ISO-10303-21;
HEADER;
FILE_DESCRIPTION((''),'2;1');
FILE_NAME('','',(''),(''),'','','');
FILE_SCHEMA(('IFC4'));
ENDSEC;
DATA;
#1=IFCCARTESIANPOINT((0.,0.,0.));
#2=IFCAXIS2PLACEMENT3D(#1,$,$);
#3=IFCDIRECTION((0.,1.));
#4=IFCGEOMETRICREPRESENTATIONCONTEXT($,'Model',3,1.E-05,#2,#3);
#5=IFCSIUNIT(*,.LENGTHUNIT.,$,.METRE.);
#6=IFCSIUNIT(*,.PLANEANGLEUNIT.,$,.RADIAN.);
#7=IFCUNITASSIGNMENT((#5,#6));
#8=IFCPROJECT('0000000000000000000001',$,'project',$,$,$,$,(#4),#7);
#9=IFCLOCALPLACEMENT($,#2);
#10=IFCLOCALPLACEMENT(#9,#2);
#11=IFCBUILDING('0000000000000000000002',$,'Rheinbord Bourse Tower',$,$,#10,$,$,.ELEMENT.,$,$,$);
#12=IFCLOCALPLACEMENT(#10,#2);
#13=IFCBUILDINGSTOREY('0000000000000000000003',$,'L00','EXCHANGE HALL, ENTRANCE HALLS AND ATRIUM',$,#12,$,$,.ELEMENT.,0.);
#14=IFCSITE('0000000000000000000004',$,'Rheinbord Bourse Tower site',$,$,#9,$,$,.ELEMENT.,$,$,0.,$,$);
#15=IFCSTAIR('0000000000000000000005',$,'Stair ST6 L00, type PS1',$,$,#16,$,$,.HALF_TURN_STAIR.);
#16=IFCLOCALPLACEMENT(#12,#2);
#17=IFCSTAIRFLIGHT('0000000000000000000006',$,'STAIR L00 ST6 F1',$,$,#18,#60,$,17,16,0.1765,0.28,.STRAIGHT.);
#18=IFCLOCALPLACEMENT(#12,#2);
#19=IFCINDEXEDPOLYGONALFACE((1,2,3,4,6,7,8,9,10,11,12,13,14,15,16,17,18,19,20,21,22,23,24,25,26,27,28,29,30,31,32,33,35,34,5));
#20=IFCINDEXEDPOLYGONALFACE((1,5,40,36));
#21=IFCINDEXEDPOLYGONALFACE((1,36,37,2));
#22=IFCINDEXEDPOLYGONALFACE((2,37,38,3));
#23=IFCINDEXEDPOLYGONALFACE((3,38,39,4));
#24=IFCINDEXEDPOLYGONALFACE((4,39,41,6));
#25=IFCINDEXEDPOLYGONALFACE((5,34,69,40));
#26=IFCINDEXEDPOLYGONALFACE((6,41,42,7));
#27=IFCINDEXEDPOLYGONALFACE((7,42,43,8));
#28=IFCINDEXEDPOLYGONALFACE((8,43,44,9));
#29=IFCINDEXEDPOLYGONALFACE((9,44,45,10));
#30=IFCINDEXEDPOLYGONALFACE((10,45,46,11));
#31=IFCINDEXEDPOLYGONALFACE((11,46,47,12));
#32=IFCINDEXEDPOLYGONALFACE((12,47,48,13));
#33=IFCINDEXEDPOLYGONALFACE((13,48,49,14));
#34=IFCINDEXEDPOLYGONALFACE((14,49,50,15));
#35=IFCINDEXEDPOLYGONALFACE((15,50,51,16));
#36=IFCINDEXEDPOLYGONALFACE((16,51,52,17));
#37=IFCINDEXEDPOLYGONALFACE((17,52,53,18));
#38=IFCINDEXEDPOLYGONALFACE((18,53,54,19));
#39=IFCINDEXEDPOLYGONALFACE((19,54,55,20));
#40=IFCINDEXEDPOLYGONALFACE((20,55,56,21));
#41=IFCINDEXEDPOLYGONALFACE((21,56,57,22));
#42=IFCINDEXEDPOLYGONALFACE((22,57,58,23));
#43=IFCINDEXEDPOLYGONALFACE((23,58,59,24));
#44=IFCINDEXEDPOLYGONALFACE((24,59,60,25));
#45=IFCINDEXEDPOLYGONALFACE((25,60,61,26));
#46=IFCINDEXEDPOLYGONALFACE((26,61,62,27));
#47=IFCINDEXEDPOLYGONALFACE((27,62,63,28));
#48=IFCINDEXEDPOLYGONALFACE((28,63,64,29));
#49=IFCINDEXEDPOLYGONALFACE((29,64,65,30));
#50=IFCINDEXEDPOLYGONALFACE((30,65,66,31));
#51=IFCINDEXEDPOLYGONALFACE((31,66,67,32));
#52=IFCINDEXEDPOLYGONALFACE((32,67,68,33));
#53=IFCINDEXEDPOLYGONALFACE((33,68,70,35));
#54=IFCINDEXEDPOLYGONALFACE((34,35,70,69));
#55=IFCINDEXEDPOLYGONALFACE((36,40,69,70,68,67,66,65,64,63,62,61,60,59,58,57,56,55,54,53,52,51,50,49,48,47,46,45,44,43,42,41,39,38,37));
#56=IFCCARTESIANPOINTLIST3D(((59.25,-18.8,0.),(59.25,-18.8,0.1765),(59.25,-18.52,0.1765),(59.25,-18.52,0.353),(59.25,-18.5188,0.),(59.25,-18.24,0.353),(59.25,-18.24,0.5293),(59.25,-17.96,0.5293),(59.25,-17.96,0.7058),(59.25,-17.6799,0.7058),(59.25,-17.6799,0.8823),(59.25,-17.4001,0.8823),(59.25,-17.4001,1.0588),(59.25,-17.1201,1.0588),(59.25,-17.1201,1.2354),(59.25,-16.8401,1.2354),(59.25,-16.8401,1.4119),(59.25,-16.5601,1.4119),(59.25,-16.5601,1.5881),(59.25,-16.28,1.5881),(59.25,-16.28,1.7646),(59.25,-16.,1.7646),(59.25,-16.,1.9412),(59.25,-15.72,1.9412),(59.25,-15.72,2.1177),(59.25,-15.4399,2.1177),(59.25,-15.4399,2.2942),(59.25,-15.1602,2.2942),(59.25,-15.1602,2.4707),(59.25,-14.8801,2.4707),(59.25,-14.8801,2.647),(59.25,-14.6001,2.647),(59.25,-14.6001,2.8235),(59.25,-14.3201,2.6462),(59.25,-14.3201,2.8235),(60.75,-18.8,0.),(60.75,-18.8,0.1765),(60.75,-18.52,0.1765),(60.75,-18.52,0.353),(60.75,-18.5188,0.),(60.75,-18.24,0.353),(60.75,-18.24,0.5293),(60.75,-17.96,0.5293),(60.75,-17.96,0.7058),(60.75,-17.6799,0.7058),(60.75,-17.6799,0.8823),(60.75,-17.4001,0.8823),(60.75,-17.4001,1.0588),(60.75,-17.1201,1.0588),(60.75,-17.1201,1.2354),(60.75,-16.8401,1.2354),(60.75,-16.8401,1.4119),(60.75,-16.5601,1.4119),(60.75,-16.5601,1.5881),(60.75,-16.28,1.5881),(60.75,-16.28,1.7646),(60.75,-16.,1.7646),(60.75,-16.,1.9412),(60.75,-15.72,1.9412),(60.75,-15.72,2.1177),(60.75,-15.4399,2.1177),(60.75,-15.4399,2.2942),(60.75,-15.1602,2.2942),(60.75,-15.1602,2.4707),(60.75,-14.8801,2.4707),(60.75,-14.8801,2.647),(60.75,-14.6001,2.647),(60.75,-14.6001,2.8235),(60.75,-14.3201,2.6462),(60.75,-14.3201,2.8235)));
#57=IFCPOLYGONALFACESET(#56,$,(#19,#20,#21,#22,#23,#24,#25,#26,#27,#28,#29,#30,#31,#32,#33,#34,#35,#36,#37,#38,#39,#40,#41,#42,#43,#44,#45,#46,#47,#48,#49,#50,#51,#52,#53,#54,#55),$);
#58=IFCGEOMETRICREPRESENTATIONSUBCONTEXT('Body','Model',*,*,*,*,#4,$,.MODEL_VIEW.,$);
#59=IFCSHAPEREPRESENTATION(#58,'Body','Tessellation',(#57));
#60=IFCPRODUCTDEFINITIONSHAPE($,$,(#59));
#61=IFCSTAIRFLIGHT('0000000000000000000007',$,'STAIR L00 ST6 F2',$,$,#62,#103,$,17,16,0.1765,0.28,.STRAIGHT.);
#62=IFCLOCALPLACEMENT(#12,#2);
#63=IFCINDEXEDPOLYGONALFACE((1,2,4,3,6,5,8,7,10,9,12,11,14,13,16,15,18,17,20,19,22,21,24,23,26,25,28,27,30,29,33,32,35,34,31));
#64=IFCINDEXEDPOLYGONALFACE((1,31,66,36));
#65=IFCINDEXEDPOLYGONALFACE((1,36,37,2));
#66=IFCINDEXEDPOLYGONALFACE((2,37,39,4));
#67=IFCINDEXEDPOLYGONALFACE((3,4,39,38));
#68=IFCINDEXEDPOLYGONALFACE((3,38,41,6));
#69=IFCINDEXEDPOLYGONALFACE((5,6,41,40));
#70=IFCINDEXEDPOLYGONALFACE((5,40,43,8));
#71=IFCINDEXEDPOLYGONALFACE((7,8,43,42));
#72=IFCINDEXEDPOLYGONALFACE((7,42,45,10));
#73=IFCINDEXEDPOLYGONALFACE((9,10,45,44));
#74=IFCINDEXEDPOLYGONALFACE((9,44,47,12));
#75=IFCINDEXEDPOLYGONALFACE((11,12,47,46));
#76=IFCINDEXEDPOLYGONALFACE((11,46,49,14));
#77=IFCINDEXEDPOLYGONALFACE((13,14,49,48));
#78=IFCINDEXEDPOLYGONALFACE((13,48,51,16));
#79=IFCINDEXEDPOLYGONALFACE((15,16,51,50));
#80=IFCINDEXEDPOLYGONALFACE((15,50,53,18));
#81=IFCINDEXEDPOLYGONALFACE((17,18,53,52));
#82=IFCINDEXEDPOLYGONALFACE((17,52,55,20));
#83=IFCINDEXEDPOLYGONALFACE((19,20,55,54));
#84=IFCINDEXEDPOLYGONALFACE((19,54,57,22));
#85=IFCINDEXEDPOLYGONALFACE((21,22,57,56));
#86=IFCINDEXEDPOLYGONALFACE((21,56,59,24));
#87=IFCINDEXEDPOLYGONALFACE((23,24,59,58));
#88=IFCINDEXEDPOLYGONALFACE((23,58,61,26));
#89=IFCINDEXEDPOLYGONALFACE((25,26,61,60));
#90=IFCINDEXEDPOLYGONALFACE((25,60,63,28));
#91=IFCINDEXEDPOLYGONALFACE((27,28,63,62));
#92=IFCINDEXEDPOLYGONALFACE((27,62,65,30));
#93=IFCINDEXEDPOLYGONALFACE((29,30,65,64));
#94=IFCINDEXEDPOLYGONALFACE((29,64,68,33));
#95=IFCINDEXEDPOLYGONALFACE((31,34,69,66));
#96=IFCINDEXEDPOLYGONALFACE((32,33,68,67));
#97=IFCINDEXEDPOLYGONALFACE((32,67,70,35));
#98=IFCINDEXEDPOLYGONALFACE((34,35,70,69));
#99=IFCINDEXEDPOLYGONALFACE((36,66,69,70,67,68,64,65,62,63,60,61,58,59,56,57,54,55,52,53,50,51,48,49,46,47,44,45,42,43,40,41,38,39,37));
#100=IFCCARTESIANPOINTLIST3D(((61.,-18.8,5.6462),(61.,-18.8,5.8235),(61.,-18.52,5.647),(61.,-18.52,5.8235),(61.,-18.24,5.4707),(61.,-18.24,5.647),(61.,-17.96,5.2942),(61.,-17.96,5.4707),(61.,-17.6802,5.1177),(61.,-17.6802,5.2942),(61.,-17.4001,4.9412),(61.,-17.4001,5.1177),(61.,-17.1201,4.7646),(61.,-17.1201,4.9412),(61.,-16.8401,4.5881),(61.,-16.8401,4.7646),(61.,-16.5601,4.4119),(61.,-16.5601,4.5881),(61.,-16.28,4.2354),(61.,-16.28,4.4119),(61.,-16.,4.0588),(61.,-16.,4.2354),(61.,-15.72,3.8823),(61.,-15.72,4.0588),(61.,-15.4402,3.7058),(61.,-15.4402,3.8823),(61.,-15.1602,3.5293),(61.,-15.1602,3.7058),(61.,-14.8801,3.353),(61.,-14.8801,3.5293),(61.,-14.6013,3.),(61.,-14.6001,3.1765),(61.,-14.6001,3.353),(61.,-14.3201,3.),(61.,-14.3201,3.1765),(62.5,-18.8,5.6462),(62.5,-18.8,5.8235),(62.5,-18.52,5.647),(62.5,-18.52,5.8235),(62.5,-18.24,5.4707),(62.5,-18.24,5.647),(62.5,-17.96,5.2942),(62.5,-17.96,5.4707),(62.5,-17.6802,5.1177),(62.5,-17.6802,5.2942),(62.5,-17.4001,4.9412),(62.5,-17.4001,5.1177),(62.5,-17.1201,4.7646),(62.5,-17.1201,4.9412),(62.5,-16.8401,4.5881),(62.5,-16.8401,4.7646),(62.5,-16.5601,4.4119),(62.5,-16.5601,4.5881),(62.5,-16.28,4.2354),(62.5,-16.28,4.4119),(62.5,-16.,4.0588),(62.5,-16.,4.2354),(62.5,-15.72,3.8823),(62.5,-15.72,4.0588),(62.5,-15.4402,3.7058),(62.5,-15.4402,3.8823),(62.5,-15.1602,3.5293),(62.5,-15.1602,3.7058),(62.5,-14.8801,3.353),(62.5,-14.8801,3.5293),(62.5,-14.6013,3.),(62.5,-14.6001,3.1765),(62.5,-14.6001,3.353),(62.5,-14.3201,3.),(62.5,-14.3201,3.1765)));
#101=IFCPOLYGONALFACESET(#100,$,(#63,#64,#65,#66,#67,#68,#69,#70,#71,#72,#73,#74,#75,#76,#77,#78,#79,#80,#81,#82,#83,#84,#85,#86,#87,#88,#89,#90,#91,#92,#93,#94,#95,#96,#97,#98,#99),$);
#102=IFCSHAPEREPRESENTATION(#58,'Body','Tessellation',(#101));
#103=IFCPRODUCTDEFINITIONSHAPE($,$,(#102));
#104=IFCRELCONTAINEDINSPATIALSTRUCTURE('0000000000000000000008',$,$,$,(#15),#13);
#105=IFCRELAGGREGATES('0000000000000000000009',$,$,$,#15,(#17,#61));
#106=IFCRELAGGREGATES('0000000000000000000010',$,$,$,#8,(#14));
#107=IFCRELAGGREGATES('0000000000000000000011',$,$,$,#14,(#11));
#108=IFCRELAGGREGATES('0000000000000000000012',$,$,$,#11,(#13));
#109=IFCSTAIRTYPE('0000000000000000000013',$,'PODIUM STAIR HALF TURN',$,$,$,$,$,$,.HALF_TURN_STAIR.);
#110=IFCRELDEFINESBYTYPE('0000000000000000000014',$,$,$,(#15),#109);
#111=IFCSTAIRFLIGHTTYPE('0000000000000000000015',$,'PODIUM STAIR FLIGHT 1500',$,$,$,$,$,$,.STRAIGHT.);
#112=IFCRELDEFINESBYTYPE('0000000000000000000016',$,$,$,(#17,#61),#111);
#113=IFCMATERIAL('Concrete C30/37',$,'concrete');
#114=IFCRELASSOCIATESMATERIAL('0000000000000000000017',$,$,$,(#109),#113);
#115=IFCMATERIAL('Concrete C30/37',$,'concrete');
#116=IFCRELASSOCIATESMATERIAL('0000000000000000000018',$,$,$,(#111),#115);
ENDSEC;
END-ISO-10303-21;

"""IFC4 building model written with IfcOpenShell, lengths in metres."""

from ifc_helpers import new_model, si_unit, direction, frame, origin, place, context, subcontext, project, spatial, polyline, outline, extrude, material, type_object, element, aggregate, save


model = new_model("IFC4")

# Units and contexts
model_context = context("Model", 3, precision=1e-05, world=origin(), true_north=direction((0.0, 1.0)))
body_context = subcontext(model_context, "Body", "Model", "MODEL_VIEW")
ifc_project = project(units=[si_unit("LENGTHUNIT", "METRE"), si_unit("PLANEANGLEUNIT", "RADIAN")], contexts=[model_context])

# Site, building, storey
site_placement = place(None, origin())
site = spatial("IfcSite", under=ifc_project, at=site_placement, Name="Rheinbord Bourse Tower site", CompositionType="ELEMENT", RefElevation=0.0)
building_placement = place(site_placement, origin())
building = spatial("IfcBuilding", under=site, at=building_placement, Name="Rheinbord Bourse Tower", CompositionType="ELEMENT")
storey_placement = place(building_placement, origin())
storey = spatial("IfcBuildingStorey", under=building, at=storey_placement, Name="L00", Description="EXCHANGE HALL, ENTRANCE HALLS AND ATRIUM", CompositionType="ELEMENT", Elevation=0.0)

# Stair, stair flights
ifc_material_1 = material(Name="Concrete C30/37", Category="concrete")
stair_type = type_object("IfcStairType", Name="PODIUM STAIR HALF TURN", PredefinedType="HALF_TURN_STAIR", material=ifc_material_1)
stair_placement = place(storey_placement, origin())
stair = element("IfcStair", 1, at=stair_placement, inside=storey, type_object=stair_type, Name="Stair ST6 L00, type PS1", PredefinedType="HALF_TURN_STAIR")
ifc_material_2 = material(Name="Concrete C30/37", Category="concrete")
stair_flight_type = type_object("IfcStairFlightType", Name="PODIUM STAIR FLIGHT 1500", PredefinedType="STRAIGHT", material=ifc_material_2)
stair_flight_1_placement = place(storey_placement, frame((60.0, -18.8, 0.0), z_axis=(0.0, 0.0, 1.0), x_axis=(0.0, 1.0, 0.0)))
stair_flight_1 = element("IfcStairFlight", 2, at=stair_flight_1_placement, type_object=stair_flight_type, Name="STAIR L00 ST6 F1", NumberOfRisers=17, NumberOfTreads=16, PredefinedType="STRAIGHT", RiserHeight=0.1765, TreadLength=0.28, context=body_context, shape_type="SweptSolid", body=[
    extrude(outline(polyline([(0.0, 0.0), (0.0, 0.1765), (0.28, 0.1765), (0.28, 0.353), (0.5601, 0.353), (0.5601, 0.5293), (0.8401, 0.5293), (0.8401, 0.7058), (1.1201, 0.7058), (1.1201, 0.8823), (1.3999, 0.8823), (1.3999, 1.0588), (1.6799, 1.0588), (1.6799, 1.2354), (1.96, 1.2354), (1.96, 1.4119), (2.24, 1.4119), (2.24, 1.5881), (2.52, 1.5881), (2.52, 1.7646), (2.8, 1.7646), (2.8, 1.9412), (3.0801, 1.9412), (3.0801, 2.1177), (3.3601, 2.1177), (3.3601, 2.2942), (3.6399, 2.2942), (3.6399, 2.4707), (3.9199, 2.4707), (3.9199, 2.647), (4.2, 2.647), (4.2, 2.8235), (4.48, 2.8235), (4.48, 3.0), (4.48, 2.6462), (0.2812, 0.0), (0.0, 0.0)])), frame((0.0, 0.75, 0.0), z_axis=(0.0, -1.0, 0.0), x_axis=(1.0, 0.0, 0.0)), (0.0, 0.0, 1.0), 1.5),
])
stair_flight_2_placement = place(storey_placement, frame((61.75, -14.3201, 3.0), z_axis=(0.0, 0.0, 1.0), x_axis=(0.0, -1.0, 0.0)))
stair_flight_2 = element("IfcStairFlight", 3, at=stair_flight_2_placement, type_object=stair_flight_type, Name="STAIR L00 ST6 F2", NumberOfRisers=17, NumberOfTreads=16, PredefinedType="STRAIGHT", RiserHeight=0.1765, TreadLength=0.28, context=body_context, shape_type="SweptSolid", body=[
    extrude(outline(polyline([(0.0, 0.0), (0.0, 0.1765), (0.28, 0.1765), (0.28, 0.353), (0.5601, 0.353), (0.5601, 0.5293), (0.8401, 0.5293), (0.8401, 0.7058), (1.1201, 0.7058), (1.1201, 0.8823), (1.3999, 0.8823), (1.3999, 1.0588), (1.6799, 1.0588), (1.6799, 1.2354), (1.96, 1.2354), (1.96, 1.4119), (2.24, 1.4119), (2.24, 1.5881), (2.52, 1.5881), (2.52, 1.7646), (2.8, 1.7646), (2.8, 1.9412), (3.0801, 1.9412), (3.0801, 2.1177), (3.3601, 2.1177), (3.3601, 2.2942), (3.6399, 2.2942), (3.6399, 2.4707), (3.9199, 2.4707), (3.9199, 2.647), (4.2, 2.647), (4.2, 2.8235), (4.48, 2.8235), (4.48, 3.0), (4.48, 2.6462), (0.2812, 0.0), (0.0, 0.0)])), frame((0.0, 0.75, 0.0), z_axis=(0.0, -1.0, 0.0), x_axis=(1.0, 0.0, 0.0)), (0.0, 0.0, 1.0), 1.5),
])
aggregate(stair, [stair_flight_1, stair_flight_2])

save(model, "model.ifc")
